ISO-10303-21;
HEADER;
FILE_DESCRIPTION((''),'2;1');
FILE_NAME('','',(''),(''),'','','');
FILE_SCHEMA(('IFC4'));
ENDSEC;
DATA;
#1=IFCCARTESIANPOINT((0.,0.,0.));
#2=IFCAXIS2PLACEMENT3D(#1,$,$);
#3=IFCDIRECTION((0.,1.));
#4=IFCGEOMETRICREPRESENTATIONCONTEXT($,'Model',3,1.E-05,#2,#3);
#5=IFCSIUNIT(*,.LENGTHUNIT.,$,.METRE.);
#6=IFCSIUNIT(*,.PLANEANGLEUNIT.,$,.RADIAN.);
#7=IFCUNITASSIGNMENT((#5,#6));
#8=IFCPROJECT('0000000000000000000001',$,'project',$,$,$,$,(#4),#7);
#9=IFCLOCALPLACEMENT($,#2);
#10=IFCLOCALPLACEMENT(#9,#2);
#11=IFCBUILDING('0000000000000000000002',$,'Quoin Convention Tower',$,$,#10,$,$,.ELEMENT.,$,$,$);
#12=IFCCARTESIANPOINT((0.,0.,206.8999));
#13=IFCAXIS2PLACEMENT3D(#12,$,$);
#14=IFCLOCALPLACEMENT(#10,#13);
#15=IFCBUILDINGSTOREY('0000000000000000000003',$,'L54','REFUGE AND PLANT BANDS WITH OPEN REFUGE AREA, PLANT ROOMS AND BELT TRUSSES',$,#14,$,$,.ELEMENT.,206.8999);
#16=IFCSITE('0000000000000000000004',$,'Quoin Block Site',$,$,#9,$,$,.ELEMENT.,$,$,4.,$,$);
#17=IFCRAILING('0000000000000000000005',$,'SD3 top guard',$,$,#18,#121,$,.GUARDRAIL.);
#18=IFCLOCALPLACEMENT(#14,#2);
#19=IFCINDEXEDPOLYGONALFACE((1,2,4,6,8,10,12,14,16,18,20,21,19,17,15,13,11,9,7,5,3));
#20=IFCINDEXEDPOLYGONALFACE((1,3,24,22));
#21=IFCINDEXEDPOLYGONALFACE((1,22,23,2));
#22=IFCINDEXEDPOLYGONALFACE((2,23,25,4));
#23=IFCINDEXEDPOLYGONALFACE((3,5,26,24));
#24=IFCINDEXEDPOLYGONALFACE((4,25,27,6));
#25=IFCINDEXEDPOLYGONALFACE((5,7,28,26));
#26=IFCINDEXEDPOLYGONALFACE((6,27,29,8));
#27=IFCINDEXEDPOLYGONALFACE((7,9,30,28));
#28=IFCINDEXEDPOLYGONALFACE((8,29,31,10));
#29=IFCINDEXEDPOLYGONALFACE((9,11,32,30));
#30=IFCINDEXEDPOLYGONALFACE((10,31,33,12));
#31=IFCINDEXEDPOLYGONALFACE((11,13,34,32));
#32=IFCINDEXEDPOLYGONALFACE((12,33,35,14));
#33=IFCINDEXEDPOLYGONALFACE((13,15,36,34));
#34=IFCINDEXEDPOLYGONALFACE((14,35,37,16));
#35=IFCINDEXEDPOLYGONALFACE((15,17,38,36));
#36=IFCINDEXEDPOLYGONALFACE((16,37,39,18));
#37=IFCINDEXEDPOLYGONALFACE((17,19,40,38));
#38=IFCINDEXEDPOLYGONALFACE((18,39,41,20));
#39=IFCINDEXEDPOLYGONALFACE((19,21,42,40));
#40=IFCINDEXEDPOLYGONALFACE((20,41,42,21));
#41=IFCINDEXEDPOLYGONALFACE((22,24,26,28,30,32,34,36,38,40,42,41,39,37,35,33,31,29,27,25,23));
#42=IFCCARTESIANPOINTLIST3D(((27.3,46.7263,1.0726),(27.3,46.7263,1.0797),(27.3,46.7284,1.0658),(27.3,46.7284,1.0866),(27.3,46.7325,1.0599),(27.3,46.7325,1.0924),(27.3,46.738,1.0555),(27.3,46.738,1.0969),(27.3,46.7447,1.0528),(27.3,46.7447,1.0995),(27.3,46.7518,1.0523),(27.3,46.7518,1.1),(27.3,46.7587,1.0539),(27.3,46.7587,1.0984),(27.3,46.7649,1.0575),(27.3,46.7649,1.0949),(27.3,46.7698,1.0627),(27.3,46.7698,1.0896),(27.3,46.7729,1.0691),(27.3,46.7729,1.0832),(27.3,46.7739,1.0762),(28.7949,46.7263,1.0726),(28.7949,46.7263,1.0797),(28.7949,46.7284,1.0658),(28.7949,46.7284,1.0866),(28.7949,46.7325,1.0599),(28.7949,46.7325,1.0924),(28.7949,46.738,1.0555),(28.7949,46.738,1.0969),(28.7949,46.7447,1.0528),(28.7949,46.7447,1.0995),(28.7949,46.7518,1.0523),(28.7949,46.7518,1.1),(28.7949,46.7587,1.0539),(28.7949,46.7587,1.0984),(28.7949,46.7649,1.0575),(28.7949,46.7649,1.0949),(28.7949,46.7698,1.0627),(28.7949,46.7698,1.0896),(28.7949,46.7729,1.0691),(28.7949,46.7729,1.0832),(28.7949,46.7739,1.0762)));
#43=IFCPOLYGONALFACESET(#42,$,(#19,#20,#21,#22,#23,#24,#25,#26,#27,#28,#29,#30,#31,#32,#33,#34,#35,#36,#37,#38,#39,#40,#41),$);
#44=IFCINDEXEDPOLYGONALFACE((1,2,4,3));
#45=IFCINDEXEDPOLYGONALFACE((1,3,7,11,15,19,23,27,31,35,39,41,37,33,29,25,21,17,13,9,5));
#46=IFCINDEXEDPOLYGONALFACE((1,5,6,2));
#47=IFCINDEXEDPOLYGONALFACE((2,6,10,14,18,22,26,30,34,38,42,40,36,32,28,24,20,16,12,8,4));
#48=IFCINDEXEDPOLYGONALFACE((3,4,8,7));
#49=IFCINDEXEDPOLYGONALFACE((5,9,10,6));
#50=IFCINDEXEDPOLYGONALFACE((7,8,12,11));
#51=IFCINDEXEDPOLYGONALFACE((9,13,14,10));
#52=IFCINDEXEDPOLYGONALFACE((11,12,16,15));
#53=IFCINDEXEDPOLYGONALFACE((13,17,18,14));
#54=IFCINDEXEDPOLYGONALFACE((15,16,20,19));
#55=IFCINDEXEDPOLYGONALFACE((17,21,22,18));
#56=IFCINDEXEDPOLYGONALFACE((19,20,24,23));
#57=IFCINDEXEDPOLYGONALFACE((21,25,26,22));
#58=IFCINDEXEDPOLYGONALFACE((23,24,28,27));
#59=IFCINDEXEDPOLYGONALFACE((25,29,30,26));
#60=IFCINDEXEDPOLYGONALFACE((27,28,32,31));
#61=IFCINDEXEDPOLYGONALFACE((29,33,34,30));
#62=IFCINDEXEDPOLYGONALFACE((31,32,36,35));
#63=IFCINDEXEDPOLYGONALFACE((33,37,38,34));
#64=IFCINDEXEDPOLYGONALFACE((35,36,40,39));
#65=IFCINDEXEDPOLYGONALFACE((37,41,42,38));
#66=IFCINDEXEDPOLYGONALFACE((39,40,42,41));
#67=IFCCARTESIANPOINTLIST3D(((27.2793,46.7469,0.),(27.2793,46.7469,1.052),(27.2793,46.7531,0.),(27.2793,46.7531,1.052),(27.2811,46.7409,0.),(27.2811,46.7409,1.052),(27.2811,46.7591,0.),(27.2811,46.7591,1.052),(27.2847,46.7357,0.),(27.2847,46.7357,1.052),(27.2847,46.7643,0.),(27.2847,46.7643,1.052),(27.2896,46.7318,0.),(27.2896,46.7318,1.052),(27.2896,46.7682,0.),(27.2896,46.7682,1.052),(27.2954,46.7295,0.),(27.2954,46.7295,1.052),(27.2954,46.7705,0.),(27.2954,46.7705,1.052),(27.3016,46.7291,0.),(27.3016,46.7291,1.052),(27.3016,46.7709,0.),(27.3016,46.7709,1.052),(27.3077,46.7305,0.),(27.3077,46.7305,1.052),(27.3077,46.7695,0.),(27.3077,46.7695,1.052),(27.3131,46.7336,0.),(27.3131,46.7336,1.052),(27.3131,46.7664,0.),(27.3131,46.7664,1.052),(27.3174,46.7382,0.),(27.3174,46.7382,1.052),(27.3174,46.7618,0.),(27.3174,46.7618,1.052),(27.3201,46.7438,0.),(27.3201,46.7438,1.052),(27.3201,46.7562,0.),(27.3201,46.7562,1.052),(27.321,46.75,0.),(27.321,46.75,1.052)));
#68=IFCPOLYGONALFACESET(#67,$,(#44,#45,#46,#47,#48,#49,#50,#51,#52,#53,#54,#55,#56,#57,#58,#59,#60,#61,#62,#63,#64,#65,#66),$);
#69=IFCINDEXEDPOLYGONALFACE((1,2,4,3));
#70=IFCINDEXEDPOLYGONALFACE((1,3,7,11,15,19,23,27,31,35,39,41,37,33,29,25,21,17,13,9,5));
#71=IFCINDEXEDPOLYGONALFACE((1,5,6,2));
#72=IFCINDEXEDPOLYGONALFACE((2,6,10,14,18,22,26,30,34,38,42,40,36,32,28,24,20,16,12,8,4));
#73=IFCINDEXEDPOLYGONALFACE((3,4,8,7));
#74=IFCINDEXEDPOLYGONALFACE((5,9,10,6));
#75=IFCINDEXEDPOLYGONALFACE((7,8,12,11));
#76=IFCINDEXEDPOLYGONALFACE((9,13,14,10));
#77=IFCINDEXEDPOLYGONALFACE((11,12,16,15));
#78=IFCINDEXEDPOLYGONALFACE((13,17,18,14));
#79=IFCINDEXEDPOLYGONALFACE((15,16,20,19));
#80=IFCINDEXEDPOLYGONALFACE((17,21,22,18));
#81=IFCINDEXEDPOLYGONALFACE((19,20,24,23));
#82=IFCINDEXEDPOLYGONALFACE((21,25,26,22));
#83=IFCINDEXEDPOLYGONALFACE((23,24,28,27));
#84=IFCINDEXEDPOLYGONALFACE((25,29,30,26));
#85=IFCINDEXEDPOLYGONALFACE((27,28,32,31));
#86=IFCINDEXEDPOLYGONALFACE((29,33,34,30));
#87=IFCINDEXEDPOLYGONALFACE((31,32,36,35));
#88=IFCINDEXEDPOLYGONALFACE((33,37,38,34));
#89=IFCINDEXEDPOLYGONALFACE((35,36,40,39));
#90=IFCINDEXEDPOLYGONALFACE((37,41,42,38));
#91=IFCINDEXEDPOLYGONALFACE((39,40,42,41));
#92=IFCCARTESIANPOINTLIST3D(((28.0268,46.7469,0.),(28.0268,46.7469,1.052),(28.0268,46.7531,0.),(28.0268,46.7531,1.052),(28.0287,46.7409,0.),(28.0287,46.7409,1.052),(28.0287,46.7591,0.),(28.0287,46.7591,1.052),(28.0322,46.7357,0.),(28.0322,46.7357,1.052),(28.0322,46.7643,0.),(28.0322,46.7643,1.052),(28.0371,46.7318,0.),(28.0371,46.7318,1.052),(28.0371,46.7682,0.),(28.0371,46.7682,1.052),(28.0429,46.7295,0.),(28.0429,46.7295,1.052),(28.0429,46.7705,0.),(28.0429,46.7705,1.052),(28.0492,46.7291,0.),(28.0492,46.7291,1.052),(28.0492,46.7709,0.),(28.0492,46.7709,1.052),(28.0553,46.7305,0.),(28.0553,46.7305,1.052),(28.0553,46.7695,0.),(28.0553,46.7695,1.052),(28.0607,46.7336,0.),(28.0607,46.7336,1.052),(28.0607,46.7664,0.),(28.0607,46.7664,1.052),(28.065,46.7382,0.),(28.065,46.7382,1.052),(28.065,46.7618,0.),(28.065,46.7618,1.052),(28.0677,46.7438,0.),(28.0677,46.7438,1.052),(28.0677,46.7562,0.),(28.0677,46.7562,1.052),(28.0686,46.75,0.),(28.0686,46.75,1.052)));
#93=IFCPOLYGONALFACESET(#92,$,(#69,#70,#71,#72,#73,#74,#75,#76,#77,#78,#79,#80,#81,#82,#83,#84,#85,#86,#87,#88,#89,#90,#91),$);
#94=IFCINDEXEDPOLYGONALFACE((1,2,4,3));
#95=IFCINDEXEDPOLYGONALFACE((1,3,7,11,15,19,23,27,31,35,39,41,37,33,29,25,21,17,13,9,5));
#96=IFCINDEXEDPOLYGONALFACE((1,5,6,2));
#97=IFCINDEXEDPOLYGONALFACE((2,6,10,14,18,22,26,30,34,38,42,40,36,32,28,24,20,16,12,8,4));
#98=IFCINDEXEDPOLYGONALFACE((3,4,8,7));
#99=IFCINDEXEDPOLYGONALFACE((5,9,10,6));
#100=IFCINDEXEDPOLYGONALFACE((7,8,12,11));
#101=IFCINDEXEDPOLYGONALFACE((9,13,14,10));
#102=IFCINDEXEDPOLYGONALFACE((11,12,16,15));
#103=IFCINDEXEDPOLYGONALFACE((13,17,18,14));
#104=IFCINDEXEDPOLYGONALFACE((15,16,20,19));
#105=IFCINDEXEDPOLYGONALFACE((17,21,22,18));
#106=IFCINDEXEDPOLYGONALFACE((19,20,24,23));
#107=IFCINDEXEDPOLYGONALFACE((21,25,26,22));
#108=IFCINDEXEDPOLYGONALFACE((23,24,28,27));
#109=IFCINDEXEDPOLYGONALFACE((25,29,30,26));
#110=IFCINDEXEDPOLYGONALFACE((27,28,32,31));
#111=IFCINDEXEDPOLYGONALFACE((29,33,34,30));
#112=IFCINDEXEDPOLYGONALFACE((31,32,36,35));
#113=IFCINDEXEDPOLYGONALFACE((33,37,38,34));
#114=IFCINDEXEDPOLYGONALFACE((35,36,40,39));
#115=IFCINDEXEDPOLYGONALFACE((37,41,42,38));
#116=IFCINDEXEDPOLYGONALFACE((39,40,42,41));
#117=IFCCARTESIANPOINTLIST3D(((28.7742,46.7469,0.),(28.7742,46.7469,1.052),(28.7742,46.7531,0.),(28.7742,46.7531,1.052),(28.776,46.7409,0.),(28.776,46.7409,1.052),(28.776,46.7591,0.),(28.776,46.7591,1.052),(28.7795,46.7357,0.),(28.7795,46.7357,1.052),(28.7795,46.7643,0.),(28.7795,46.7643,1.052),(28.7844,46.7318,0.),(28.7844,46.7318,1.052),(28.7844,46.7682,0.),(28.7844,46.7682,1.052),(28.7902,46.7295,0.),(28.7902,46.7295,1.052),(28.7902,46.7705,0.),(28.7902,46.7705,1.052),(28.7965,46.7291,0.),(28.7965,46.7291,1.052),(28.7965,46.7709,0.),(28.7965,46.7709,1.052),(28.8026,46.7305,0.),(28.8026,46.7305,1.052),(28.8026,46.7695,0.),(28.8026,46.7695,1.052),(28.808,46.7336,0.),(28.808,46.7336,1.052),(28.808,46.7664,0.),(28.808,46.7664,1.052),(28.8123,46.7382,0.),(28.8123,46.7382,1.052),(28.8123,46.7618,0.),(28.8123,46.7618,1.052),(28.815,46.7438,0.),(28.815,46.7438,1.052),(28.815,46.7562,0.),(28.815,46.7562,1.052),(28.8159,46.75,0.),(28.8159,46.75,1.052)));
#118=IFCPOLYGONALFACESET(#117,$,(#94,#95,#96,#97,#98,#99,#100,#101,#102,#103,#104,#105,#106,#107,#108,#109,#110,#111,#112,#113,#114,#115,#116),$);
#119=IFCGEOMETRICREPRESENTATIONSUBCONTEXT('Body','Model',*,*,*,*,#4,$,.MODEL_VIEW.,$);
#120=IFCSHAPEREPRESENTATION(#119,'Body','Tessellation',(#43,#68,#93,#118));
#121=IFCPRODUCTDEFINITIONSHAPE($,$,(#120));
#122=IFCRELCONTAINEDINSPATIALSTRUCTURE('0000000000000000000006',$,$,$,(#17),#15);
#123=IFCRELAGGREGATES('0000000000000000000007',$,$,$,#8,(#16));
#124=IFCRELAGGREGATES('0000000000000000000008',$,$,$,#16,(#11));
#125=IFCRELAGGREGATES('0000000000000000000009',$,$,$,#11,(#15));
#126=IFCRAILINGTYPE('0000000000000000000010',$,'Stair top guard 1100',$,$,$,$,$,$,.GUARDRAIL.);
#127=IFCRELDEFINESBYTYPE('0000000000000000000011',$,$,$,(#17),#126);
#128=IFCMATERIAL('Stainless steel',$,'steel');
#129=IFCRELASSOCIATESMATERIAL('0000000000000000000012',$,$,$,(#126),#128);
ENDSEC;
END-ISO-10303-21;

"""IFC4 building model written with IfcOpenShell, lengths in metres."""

from ifc_helpers import new_model, si_unit, direction, frame, origin, origin_2d, place, context, subcontext, project, spatial, circle, extrude, material, type_object, element, save


model = new_model("IFC4")

# Units and contexts
model_context = context("Model", 3, precision=1e-05, world=origin(), true_north=direction((0.0, 1.0)))
body_context = subcontext(model_context, "Body", "Model", "MODEL_VIEW")
ifc_project = project(units=[si_unit("LENGTHUNIT", "METRE"), si_unit("PLANEANGLEUNIT", "RADIAN")], contexts=[model_context])

# Site, building, storey
site_placement = place(None, origin())
site = spatial("IfcSite", under=ifc_project, at=site_placement, Name="Quoin Block Site", CompositionType="ELEMENT", RefElevation=4.0)
building_placement = place(site_placement, origin())
building = spatial("IfcBuilding", under=site, at=building_placement, Name="Quoin Convention Tower", CompositionType="ELEMENT")
storey_placement = place(building_placement, frame((0.0, 0.0, 206.8999)))
storey = spatial("IfcBuildingStorey", under=building, at=storey_placement, Name="L54", Description="REFUGE AND PLANT BANDS WITH OPEN REFUGE AREA, PLANT ROOMS AND BELT TRUSSES", CompositionType="ELEMENT", Elevation=206.8999)

# Railing
ifc_material_1 = material(Name="Stainless steel", Category="steel")
railing_type_1 = type_object("IfcRailingType", Name="Stair top guard 1100", PredefinedType="GUARDRAIL", material=ifc_material_1)
railing_1_placement = place(storey_placement, frame((27.3, 46.75, 0.0)))
element("IfcRailing", 1, at=railing_1_placement, inside=storey, type_object=railing_type_1, Name="SD3 top guard", PredefinedType="GUARDRAIL", context=body_context, shape_type="SweptSolid", body=[
    extrude(circle(Radius=0.0239, at=origin_2d()), frame((0.0, 0.0, 1.0762), z_axis=(1.0, 0.0, 0.0), x_axis=(0.0, 1.0, 0.0)), (0.0, 0.0, 1.0), 1.4949),
    extrude(circle(Radius=0.021, at=origin_2d()), origin(), (0.0, 0.0, 1.0), 1.052),
    extrude(circle(Radius=0.021, at=origin_2d()), frame((0.7476, 0.0, 0.0)), (0.0, 0.0, 1.0), 1.052),
    extrude(circle(Radius=0.021, at=origin_2d()), frame((1.4949, 0.0, 0.0)), (0.0, 0.0, 1.0), 1.052),
])

save(model, "model.ifc")
